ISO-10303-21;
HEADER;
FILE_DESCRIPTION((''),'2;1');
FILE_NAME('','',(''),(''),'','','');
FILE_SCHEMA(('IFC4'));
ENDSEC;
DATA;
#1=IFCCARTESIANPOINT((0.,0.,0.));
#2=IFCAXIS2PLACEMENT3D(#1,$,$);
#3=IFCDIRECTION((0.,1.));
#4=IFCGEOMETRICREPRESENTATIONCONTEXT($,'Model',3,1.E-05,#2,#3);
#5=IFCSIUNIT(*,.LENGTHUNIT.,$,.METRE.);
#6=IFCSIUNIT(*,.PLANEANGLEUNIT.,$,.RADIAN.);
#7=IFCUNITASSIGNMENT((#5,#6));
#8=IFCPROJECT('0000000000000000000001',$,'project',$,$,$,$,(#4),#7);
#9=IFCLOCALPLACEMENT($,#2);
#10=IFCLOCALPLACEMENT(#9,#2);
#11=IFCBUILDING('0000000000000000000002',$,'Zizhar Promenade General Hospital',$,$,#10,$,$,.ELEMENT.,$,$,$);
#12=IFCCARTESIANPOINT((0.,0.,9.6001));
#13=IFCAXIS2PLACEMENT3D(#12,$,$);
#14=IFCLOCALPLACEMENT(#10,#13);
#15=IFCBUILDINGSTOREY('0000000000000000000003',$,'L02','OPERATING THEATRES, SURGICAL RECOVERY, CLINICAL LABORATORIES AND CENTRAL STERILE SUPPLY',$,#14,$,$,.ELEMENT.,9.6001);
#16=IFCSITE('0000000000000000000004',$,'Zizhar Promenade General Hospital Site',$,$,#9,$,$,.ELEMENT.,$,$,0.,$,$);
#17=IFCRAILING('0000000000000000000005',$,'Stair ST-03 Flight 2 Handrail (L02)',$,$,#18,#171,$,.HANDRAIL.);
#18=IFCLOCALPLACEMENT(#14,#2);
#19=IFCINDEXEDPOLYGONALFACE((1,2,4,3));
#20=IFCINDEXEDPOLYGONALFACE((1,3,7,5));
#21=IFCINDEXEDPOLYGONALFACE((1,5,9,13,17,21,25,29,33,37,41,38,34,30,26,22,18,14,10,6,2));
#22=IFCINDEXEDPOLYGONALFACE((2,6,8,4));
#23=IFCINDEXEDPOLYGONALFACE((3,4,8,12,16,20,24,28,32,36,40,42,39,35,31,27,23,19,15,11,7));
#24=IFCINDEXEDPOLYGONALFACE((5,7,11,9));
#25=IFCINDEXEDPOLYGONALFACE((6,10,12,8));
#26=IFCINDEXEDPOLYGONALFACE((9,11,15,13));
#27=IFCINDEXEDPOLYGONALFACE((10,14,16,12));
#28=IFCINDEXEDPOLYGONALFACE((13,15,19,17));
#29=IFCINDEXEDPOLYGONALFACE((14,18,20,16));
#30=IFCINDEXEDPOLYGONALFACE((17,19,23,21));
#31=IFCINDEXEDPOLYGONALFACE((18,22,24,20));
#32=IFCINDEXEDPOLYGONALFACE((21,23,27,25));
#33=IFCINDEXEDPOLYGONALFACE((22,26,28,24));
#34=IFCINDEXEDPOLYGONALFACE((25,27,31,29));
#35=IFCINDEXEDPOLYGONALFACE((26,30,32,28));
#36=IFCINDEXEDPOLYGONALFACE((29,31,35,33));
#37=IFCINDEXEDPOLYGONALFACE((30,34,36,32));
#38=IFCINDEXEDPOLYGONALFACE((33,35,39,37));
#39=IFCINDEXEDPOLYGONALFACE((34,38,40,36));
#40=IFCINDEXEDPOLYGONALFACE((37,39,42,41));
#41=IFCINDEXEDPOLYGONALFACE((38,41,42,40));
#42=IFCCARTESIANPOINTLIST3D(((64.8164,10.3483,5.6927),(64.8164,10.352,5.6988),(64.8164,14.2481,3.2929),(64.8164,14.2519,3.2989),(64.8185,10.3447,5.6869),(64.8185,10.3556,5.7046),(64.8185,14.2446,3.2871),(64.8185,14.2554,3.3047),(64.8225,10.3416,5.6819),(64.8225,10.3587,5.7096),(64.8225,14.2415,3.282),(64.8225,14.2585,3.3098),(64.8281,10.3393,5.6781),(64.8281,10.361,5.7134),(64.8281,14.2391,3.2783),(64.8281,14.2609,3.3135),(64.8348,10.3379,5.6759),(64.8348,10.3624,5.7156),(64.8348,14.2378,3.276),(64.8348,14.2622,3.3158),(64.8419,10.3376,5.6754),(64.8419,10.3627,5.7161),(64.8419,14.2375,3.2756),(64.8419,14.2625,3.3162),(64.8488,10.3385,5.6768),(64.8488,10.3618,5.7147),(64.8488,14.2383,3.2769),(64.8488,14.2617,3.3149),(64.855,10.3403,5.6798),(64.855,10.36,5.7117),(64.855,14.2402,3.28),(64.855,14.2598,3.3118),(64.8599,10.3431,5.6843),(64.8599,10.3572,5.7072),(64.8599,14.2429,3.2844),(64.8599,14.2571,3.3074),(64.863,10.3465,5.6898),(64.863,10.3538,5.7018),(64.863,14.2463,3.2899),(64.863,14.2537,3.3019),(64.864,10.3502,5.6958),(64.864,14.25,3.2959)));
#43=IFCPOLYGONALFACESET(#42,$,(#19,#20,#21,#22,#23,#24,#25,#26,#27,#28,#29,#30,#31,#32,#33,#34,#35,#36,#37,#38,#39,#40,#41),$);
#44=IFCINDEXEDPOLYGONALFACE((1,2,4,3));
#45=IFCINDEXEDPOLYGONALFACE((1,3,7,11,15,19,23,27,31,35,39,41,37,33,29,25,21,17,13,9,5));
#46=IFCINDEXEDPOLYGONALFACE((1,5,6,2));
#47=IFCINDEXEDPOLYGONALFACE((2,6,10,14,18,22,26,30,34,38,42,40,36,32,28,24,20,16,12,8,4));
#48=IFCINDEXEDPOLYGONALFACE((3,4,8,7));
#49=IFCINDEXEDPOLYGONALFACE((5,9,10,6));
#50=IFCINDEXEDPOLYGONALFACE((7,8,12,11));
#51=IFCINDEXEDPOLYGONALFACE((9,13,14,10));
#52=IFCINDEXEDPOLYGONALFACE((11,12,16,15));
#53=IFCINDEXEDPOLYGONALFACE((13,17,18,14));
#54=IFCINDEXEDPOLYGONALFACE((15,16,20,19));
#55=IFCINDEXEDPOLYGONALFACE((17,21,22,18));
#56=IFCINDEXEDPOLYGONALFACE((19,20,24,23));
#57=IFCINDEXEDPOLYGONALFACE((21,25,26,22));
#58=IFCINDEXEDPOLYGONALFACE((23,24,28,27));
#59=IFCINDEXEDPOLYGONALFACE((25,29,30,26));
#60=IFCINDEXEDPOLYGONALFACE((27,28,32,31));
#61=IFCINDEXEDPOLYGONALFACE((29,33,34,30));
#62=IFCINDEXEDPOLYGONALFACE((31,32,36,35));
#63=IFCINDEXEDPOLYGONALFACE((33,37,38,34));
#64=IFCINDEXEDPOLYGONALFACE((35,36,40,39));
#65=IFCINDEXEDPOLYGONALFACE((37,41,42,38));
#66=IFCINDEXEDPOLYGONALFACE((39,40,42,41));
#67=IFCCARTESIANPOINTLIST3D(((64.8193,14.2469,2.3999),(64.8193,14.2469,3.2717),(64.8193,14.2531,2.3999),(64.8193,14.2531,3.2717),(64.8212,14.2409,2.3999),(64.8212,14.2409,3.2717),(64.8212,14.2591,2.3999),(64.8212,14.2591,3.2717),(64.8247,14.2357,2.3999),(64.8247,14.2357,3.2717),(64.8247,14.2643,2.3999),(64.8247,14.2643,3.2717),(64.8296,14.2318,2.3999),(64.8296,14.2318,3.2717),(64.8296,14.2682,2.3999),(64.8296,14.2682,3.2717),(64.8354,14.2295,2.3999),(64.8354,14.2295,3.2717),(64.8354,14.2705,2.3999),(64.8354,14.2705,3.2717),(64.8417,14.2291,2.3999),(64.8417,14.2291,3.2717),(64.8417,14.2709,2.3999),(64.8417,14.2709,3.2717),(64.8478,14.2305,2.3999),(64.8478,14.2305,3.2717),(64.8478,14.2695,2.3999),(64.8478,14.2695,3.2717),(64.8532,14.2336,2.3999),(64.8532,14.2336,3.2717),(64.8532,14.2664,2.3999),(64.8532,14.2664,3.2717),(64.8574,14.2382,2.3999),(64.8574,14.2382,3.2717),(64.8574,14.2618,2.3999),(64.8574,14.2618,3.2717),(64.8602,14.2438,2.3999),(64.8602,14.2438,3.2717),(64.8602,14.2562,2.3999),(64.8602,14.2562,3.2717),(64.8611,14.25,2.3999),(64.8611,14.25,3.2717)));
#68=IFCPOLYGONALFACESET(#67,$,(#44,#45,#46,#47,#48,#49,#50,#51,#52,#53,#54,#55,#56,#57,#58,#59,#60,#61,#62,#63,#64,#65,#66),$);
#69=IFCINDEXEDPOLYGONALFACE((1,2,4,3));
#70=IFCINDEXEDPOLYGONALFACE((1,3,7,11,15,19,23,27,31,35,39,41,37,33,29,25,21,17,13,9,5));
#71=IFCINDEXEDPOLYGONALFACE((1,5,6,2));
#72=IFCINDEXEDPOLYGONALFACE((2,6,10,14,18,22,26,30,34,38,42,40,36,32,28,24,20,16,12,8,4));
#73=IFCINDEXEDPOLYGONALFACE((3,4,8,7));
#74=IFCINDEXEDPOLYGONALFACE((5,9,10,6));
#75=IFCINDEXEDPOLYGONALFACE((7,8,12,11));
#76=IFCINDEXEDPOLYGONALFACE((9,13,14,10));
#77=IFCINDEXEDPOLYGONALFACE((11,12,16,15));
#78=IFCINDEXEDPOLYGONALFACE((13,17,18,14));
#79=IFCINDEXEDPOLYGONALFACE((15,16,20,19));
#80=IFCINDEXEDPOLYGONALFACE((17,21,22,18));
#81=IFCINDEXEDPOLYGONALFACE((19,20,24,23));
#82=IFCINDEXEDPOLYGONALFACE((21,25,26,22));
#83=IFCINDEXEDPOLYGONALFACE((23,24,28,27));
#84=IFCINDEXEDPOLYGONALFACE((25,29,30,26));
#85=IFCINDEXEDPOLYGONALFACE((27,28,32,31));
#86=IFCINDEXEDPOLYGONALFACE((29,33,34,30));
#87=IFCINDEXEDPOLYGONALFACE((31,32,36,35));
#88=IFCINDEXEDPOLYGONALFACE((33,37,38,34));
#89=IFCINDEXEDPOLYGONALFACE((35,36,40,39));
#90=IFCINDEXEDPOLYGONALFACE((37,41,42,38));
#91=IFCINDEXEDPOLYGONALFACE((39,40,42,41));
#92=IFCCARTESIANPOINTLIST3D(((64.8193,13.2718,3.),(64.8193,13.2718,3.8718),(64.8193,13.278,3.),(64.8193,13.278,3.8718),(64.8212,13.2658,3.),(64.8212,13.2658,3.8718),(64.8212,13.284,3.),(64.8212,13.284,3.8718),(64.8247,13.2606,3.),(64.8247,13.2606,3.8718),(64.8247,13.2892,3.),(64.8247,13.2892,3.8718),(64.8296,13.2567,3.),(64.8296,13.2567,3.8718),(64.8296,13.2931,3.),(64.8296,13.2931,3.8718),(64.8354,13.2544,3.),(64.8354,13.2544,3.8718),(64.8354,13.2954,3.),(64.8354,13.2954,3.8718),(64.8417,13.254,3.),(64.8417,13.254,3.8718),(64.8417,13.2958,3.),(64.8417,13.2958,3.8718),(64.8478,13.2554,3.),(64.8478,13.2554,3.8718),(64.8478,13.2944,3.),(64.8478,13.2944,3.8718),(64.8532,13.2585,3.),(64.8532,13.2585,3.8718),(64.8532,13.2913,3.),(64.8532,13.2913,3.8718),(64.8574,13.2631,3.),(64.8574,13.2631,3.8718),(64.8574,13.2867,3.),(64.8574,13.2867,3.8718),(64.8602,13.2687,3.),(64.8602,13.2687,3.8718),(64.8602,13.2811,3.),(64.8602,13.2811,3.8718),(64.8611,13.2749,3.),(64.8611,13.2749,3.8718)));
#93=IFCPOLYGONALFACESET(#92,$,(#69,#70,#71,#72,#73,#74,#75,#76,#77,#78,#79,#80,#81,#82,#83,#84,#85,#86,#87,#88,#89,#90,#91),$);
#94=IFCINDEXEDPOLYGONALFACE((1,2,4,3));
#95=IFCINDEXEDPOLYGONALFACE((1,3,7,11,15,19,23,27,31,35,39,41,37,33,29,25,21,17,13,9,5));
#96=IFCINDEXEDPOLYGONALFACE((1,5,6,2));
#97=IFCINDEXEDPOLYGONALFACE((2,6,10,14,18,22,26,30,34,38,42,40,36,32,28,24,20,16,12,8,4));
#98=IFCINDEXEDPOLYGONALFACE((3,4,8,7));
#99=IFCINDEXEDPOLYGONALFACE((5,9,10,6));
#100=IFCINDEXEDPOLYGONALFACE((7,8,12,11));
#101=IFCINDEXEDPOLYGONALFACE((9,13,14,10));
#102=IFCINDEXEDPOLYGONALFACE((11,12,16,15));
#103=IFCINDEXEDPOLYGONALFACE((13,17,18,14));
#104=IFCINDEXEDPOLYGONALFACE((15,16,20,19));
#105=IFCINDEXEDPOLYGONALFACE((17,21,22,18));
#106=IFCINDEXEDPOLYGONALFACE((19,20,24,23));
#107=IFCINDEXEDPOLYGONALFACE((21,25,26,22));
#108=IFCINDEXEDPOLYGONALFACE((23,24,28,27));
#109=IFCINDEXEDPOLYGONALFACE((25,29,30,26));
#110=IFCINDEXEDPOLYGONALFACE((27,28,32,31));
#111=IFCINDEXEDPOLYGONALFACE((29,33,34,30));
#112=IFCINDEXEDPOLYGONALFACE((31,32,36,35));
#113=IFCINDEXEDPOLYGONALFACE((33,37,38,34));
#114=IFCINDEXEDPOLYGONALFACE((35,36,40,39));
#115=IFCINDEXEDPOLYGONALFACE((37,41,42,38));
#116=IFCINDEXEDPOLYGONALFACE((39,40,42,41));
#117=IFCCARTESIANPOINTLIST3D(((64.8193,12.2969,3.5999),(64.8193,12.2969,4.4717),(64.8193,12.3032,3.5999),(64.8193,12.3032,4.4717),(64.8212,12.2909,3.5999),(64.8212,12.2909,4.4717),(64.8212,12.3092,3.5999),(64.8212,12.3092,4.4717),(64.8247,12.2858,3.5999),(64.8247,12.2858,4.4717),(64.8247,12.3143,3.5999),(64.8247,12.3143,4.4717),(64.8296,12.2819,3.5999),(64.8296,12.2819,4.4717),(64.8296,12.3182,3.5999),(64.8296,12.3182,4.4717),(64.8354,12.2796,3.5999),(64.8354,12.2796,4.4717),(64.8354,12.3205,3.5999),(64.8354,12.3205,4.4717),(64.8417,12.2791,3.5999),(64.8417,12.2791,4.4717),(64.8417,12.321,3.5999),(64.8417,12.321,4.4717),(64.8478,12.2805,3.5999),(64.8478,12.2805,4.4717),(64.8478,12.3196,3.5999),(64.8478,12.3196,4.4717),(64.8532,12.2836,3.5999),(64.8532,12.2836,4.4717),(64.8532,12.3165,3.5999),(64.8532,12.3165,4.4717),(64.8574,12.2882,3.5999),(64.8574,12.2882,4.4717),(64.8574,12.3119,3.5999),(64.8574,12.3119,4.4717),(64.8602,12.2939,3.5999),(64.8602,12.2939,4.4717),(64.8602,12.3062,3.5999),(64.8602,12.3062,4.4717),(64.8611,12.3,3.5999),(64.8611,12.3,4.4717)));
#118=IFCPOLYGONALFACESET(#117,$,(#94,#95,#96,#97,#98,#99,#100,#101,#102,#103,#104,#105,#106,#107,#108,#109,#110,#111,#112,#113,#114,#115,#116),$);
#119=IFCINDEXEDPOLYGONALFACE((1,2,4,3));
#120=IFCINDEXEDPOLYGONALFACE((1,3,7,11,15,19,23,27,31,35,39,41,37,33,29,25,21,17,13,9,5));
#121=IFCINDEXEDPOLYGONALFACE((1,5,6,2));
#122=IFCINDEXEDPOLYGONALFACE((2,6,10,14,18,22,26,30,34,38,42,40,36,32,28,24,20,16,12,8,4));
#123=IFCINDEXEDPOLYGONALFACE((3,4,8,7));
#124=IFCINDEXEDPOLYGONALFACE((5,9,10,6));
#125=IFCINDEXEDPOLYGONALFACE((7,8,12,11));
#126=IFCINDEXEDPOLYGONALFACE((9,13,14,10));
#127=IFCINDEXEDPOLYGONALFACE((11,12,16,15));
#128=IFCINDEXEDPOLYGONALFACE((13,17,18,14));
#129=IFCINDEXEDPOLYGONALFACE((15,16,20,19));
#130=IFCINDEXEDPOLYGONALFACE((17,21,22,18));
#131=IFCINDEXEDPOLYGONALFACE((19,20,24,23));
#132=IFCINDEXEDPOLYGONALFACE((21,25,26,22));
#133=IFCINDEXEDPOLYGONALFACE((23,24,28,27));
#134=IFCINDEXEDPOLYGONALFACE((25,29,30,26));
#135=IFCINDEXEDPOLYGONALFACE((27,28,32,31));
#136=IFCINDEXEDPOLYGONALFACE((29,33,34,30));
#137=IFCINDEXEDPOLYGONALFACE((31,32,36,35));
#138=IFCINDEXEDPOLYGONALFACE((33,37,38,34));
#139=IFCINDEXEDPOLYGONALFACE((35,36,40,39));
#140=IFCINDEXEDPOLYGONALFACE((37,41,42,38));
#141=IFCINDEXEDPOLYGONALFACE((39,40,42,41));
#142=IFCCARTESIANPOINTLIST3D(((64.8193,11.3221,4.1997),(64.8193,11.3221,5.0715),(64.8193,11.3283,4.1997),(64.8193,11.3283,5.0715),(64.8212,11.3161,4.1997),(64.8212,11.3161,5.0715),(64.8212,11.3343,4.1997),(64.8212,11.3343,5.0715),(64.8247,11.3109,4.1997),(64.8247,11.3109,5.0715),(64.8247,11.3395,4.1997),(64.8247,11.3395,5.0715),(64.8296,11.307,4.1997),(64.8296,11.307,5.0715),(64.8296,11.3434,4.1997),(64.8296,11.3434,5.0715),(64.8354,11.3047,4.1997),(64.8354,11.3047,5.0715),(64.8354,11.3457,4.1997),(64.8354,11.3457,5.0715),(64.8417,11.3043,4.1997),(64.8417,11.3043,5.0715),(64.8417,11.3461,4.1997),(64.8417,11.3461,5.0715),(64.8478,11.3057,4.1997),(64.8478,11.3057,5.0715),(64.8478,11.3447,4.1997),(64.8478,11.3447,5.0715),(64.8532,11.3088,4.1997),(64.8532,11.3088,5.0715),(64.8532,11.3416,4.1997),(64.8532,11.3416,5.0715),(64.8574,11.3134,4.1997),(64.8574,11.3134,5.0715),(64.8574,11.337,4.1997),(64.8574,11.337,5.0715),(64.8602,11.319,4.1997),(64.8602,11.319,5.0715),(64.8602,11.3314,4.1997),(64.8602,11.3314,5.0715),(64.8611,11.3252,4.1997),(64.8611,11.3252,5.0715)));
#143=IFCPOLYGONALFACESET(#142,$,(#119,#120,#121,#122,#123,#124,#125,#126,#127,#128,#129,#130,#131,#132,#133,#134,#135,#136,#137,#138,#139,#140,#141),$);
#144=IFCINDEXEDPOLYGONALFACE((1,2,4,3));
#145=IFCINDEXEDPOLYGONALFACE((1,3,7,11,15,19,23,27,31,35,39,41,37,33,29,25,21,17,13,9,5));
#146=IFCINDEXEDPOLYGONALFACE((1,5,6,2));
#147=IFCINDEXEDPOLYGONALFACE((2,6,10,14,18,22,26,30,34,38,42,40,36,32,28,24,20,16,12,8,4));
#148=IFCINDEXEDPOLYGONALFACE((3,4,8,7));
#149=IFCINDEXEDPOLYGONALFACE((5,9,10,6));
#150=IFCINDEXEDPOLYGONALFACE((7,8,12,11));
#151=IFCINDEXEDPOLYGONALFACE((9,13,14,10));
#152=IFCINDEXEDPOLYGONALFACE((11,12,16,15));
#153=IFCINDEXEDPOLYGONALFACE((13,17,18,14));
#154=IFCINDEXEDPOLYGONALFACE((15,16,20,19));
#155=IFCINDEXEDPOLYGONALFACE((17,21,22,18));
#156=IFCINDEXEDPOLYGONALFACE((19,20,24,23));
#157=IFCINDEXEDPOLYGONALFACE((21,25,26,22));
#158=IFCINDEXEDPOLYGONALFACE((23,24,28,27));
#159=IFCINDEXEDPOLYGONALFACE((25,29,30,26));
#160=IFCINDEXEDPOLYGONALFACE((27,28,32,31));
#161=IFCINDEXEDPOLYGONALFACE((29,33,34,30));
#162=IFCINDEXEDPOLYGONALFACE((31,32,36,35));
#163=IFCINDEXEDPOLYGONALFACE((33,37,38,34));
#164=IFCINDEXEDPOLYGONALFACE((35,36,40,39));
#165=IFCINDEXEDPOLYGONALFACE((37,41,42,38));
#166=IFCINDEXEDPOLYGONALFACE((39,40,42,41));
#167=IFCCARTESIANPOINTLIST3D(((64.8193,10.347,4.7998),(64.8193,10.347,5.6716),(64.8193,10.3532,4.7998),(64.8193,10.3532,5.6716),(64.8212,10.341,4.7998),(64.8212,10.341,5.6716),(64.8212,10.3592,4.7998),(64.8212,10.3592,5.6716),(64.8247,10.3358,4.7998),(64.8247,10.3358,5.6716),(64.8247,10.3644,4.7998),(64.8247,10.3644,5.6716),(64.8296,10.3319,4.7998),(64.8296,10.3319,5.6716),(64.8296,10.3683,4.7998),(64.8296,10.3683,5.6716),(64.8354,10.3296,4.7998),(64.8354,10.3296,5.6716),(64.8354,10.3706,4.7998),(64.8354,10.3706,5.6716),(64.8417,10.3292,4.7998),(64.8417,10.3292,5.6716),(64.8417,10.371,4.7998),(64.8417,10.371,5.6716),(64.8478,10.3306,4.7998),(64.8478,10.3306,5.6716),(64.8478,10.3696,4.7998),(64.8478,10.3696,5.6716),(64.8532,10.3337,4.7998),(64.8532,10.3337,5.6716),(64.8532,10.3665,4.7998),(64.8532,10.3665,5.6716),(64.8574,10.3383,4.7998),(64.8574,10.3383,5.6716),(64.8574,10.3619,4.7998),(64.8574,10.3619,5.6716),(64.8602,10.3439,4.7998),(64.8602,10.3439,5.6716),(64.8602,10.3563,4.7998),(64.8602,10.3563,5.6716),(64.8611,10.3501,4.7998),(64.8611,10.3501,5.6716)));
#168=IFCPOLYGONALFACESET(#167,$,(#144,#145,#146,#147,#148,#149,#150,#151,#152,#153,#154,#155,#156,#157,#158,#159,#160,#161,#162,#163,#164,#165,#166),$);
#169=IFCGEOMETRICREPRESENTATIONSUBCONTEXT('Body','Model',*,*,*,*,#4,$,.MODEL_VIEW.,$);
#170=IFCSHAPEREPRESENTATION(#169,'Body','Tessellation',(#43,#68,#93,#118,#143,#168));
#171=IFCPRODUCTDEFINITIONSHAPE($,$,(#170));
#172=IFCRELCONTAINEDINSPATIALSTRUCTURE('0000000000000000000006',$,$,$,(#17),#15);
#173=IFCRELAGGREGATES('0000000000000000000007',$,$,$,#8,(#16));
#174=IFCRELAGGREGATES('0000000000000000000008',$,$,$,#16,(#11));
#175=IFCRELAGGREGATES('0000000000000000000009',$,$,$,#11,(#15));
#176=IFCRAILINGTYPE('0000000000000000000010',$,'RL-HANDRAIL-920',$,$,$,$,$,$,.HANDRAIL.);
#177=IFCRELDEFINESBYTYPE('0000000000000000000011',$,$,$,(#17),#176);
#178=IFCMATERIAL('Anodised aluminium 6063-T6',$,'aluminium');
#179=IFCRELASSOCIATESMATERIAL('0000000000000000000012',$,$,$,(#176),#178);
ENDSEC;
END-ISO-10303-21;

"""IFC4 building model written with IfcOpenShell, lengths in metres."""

from ifc_helpers import new_model, si_unit, direction, frame, origin, origin_2d, place, context, subcontext, project, spatial, circle, hollow_circle, extrude, material, material_profile, profile_set, type_object, element, save


model = new_model("IFC4")

# Units and contexts
model_context = context("Model", 3, precision=1e-05, world=origin(), true_north=direction((0.0, 1.0)))
body_context = subcontext(model_context, "Body", "Model", "MODEL_VIEW")
ifc_project = project(units=[si_unit("LENGTHUNIT", "METRE"), si_unit("PLANEANGLEUNIT", "RADIAN")], contexts=[model_context])

# Site, building, storey
site_placement = place(None, origin())
site = spatial("IfcSite", under=ifc_project, at=site_placement, Name="Zizhar Promenade General Hospital Site", CompositionType="ELEMENT", RefElevation=0.0)
building_placement = place(site_placement, origin())
building = spatial("IfcBuilding", under=site, at=building_placement, Name="Zizhar Promenade General Hospital", CompositionType="ELEMENT")
storey_placement = place(building_placement, frame((0.0, 0.0, 9.6001)))
storey = spatial("IfcBuildingStorey", under=building, at=storey_placement, Name="L02", Description="OPERATING THEATRES, SURGICAL RECOVERY, CLINICAL LABORATORIES AND CENTRAL STERILE SUPPLY", CompositionType="ELEMENT", Elevation=9.6001)

# Railing
ifc_material_1 = material(Name="Anodised aluminium 6063-T6", Category="aluminium")
ifc_material_profile_1 = material_profile(ifc_material_1, hollow_circle(Radius=0.0698, WallThickness=0.0063, at=origin_2d()))
ifc_profile_set_1 = profile_set([ifc_material_profile_1], Name="Anodised aluminium 6063-T6")
railing_type_1 = type_object("IfcRailingType", Name="RL-HANDRAIL-920", PredefinedType="HANDRAIL", material=ifc_profile_set_1)
railing_1_placement = place(storey_placement, frame((64.8401, 14.25, 2.3999)))
element("IfcRailing", 1, at=railing_1_placement, inside=storey, type_object=railing_type_1, Name="Stair ST-03 Flight 2 Handrail (L02)", PredefinedType="HANDRAIL", context=body_context, shape_type="SweptSolid", body=[
    extrude(circle(Radius=0.0239, at=origin_2d()), frame((0.0, 0.0, 0.896), z_axis=(0.0, -0.851662, 0.524091), x_axis=(1.0, 0.0, 0.0)), (0.0, 0.0, 1.0), 4.5791),
    extrude(circle(Radius=0.021, at=origin_2d()), origin(), (0.0, 0.0, 1.0), 0.8718),
    extrude(circle(Radius=0.021, at=origin_2d()), frame((0.0, -0.9751, 0.6001)), (0.0, 0.0, 1.0), 0.8718),
    extrude(circle(Radius=0.021, at=origin_2d()), frame((0.0, -1.95, 1.2)), (0.0, 0.0, 1.0), 0.8718),
    extrude(circle(Radius=0.021, at=origin_2d()), frame((0.0, -2.9248, 1.7998)), (0.0, 0.0, 1.0), 0.8718),
    extrude(circle(Radius=0.021, at=origin_2d()), frame((0.0, -3.8999, 2.3999)), (0.0, 0.0, 1.0), 0.8718),
])

save(model, "model.ifc")
